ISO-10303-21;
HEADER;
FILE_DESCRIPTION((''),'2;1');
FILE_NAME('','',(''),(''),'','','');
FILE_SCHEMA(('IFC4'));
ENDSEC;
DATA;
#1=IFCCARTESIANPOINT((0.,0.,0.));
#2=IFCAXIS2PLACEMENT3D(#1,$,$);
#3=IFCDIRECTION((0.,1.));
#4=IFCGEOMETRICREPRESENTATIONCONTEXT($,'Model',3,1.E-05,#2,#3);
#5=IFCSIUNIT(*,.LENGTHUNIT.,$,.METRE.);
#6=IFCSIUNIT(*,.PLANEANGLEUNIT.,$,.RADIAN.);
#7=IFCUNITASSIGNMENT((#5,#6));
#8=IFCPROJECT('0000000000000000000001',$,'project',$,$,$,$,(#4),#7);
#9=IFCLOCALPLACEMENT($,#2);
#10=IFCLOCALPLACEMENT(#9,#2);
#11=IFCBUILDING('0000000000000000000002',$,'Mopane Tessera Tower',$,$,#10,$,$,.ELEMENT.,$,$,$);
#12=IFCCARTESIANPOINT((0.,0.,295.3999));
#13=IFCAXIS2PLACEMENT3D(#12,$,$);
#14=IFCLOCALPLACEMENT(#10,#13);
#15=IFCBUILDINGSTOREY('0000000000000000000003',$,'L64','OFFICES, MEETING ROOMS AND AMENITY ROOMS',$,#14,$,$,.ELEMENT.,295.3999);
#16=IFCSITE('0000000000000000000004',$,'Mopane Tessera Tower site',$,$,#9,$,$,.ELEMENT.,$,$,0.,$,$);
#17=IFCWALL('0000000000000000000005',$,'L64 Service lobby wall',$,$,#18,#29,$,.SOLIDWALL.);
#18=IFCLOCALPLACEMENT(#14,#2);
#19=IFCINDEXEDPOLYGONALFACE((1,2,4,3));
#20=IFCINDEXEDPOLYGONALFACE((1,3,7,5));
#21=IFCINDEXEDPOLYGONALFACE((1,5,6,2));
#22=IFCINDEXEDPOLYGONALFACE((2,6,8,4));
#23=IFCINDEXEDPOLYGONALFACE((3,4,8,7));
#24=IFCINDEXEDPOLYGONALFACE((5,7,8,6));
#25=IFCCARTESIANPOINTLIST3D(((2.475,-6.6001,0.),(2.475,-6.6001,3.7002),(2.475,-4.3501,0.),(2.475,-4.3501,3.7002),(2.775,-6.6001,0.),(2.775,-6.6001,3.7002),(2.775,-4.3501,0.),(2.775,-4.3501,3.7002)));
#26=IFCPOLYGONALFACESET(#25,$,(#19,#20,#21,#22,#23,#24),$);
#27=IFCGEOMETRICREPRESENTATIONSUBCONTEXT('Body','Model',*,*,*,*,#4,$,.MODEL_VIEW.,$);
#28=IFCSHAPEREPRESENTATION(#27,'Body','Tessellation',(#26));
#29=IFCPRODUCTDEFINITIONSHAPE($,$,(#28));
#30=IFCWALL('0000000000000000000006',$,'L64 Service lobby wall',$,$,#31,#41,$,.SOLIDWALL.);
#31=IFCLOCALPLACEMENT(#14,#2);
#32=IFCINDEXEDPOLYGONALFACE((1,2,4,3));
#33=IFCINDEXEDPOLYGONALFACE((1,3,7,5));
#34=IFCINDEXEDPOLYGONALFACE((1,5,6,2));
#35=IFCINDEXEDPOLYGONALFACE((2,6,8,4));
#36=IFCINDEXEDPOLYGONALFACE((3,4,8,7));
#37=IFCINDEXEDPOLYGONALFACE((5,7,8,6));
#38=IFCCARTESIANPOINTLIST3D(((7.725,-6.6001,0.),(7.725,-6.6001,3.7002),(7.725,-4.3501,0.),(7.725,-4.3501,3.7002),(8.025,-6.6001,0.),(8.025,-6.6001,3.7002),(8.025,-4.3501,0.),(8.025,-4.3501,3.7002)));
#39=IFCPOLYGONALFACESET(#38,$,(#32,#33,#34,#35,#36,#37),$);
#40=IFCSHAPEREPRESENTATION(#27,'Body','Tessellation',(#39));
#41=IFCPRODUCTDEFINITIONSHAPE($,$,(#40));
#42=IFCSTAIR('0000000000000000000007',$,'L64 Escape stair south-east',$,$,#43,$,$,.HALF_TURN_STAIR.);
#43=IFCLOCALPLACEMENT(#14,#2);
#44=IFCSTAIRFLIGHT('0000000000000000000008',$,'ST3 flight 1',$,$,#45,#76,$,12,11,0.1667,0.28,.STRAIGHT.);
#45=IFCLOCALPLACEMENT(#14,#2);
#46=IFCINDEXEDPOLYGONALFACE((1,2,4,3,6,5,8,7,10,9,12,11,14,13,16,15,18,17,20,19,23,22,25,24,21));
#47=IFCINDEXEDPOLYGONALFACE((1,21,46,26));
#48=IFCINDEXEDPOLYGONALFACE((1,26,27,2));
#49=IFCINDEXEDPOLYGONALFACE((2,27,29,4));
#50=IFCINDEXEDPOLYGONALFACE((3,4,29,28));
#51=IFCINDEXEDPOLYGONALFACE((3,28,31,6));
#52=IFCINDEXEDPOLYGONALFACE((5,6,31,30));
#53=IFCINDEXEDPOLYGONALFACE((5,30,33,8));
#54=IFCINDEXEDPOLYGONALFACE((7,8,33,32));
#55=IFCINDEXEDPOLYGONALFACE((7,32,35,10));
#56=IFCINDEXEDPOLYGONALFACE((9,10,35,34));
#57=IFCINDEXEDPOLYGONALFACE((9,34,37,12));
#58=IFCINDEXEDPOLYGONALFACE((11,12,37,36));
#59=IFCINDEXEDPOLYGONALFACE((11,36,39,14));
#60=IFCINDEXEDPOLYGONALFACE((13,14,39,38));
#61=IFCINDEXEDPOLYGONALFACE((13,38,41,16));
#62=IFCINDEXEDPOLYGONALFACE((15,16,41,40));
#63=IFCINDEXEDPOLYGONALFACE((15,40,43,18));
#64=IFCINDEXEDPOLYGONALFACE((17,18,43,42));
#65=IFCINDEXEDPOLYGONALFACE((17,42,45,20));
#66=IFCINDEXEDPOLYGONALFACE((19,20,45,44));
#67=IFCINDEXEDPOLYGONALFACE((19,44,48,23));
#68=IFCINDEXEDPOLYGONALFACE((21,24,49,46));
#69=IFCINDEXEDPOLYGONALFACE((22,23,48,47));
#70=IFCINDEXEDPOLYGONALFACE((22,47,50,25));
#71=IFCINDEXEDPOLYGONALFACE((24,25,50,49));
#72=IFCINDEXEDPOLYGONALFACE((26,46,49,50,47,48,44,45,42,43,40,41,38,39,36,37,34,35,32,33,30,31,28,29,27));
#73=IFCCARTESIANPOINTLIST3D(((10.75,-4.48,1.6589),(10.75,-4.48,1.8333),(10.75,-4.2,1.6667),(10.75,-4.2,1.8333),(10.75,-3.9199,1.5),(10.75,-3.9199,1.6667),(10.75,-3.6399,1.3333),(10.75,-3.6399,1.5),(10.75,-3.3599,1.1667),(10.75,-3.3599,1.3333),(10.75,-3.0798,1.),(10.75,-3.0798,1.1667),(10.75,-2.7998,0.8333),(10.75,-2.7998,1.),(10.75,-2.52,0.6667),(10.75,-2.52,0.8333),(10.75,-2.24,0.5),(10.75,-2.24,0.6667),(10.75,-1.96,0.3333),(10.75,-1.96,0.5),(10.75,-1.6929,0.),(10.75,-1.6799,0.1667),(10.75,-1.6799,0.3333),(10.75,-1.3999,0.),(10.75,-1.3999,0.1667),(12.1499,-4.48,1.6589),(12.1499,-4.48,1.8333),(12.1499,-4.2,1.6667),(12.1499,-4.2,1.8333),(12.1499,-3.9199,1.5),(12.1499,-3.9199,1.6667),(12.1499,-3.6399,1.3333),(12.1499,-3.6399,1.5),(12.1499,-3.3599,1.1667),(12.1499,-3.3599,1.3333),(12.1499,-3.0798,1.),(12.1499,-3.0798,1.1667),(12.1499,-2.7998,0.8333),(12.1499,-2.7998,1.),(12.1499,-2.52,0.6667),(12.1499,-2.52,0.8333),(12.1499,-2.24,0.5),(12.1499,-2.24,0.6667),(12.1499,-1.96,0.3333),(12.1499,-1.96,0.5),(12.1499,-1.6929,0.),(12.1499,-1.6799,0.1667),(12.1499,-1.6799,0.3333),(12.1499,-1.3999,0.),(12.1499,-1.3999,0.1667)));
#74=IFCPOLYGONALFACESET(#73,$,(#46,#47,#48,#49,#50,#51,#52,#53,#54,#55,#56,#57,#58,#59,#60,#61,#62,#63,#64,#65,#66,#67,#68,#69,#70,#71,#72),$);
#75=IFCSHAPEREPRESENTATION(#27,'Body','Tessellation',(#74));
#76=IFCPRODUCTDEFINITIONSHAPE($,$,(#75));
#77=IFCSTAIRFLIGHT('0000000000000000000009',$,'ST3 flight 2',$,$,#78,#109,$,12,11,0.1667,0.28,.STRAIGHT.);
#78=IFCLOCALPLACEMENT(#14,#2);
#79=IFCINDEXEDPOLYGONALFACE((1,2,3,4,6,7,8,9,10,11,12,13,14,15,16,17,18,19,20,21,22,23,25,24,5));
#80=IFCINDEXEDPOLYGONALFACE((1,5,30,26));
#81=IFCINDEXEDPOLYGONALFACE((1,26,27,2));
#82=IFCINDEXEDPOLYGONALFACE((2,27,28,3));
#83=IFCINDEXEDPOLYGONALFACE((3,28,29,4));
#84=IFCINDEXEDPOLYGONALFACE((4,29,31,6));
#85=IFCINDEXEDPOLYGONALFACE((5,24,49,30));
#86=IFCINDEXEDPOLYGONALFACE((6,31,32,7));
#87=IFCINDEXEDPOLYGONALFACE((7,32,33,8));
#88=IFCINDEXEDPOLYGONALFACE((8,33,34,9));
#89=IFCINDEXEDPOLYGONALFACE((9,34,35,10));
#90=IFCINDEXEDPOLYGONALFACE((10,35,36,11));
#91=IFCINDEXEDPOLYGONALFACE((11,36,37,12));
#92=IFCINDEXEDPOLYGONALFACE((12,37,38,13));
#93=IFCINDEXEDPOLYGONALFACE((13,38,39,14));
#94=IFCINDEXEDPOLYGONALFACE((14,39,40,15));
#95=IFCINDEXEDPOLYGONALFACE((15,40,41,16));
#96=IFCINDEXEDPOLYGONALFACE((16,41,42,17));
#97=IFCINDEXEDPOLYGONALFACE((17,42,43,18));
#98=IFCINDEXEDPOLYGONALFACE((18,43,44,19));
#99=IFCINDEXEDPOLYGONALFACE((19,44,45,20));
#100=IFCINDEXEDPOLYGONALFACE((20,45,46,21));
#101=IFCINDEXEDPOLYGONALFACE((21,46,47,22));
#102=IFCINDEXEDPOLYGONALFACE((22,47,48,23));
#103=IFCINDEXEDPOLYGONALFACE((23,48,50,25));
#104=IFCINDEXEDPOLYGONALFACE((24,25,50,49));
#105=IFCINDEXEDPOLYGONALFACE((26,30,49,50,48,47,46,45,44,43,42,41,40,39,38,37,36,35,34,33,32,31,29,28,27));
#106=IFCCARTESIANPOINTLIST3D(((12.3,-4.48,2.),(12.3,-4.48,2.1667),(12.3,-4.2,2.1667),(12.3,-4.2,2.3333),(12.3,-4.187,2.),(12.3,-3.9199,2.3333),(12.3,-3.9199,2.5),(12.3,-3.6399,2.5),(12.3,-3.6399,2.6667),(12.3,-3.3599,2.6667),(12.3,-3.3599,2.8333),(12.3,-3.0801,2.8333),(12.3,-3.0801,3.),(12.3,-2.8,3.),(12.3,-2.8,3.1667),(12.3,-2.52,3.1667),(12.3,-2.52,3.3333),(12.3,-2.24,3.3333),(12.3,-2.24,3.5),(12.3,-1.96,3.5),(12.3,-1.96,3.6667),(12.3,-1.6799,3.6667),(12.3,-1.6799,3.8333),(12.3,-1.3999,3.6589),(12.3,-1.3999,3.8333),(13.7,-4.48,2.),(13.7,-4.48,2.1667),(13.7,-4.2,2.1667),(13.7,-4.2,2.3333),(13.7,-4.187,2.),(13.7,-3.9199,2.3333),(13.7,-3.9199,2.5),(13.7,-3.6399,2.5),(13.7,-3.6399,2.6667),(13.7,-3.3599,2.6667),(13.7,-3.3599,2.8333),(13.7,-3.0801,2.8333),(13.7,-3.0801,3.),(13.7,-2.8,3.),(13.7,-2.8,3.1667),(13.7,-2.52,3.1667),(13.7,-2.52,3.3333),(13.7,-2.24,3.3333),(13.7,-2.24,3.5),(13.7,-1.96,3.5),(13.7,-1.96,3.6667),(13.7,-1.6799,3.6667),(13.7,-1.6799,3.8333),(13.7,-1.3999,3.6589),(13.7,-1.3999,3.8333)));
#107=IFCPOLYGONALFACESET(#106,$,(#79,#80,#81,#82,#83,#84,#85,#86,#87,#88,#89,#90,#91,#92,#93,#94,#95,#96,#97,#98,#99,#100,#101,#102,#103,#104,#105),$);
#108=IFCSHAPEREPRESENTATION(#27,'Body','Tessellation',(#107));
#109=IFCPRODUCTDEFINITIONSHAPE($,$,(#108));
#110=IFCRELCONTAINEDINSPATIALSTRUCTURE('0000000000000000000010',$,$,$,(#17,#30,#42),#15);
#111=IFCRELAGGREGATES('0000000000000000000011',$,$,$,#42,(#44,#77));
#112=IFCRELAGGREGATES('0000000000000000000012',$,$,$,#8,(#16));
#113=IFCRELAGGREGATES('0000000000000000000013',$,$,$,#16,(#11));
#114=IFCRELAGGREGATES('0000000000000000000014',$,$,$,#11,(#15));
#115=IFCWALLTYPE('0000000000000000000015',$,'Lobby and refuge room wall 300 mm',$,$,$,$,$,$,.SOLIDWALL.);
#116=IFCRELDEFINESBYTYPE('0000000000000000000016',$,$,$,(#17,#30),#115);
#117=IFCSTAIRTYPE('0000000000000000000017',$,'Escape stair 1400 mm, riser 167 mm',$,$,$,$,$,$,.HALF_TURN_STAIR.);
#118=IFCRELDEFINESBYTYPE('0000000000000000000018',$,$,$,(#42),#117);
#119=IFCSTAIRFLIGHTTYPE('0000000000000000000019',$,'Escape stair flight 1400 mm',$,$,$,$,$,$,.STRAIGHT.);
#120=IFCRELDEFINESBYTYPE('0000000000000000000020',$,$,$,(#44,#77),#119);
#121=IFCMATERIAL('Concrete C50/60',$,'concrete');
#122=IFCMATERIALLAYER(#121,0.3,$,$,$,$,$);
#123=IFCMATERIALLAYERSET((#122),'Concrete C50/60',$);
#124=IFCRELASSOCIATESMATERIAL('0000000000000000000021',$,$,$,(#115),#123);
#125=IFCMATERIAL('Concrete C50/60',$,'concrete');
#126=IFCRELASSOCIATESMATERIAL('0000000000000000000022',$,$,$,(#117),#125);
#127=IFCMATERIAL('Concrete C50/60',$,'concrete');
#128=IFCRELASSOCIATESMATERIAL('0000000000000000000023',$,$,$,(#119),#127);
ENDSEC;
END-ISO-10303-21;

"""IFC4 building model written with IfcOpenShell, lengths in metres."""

from ifc_helpers import new_model, si_unit, direction, frame, frame_2d, origin, place, context, subcontext, project, spatial, polyline, rectangle, outline, extrude, material, layer, layer_set, type_object, element, aggregate, save


model = new_model("IFC4")

# Units and contexts
model_context = context("Model", 3, precision=1e-05, world=origin(), true_north=direction((0.0, 1.0)))
body_context = subcontext(model_context, "Body", "Model", "MODEL_VIEW")
ifc_project = project(units=[si_unit("LENGTHUNIT", "METRE"), si_unit("PLANEANGLEUNIT", "RADIAN")], contexts=[model_context])

# Site, building, storey
site_placement = place(None, origin())
site = spatial("IfcSite", under=ifc_project, at=site_placement, Name="Mopane Tessera Tower site", CompositionType="ELEMENT", RefElevation=0.0)
building_placement = place(site_placement, origin())
building = spatial("IfcBuilding", under=site, at=building_placement, Name="Mopane Tessera Tower", CompositionType="ELEMENT")
storey_placement = place(building_placement, frame((0.0, 0.0, 295.3999)))
storey = spatial("IfcBuildingStorey", under=building, at=storey_placement, Name="L64", Description="OFFICES, MEETING ROOMS AND AMENITY ROOMS", CompositionType="ELEMENT", Elevation=295.3999)

# Walls
ifc_material_1 = material(Name="Concrete C50/60", Category="concrete")
ifc_layer_1 = layer(ifc_material_1, 0.3)
ifc_layer_set_1 = layer_set([ifc_layer_1], Name="Concrete C50/60")
wall_type_1 = type_object("IfcWallType", Name="Lobby and refuge room wall 300 mm", PredefinedType="SOLIDWALL", material=ifc_layer_set_1)
for number, where, z_axis, x_axis, name in (
    (1, (2.625, -6.6001, 0.0), (0.0, 0.0, 1.0), (0.0, 1.0, 0.0), "L64 Service lobby wall"),
    (2, (7.875, -6.6001, 0.0), (0.0, 0.0, 1.0), (0.0, 1.0, 0.0), "L64 Service lobby wall"),
):
    element("IfcWall", number, at=place(storey_placement, frame(where, z_axis=z_axis, x_axis=x_axis)), inside=storey, type_object=wall_type_1, Name=name, PredefinedType="SOLIDWALL", context=body_context, shape_type="SweptSolid", body=[
        extrude(rectangle(XDim=2.25, YDim=0.3, at=frame_2d((1.125, 0.0))), origin(), (0.0, 0.0, 1.0), 3.7002),
    ])

# Stair, stair flights
ifc_material_2 = material(Name="Concrete C50/60", Category="concrete")
stair_type = type_object("IfcStairType", Name="Escape stair 1400 mm, riser 167 mm", PredefinedType="HALF_TURN_STAIR", material=ifc_material_2)
stair_placement = place(storey_placement, origin())
stair = element("IfcStair", 3, at=stair_placement, inside=storey, type_object=stair_type, Name="L64 Escape stair south-east", PredefinedType="HALF_TURN_STAIR")
ifc_material_3 = material(Name="Concrete C50/60", Category="concrete")
stair_flight_type = type_object("IfcStairFlightType", Name="Escape stair flight 1400 mm", PredefinedType="STRAIGHT", material=ifc_material_3)
stair_flight_1_placement = place(storey_placement, frame((11.45, -1.3999, 0.0), z_axis=(0.0, 0.0, 1.0), x_axis=(0.0, -1.0, 0.0)))
stair_flight_1 = element("IfcStairFlight", 4, at=stair_flight_1_placement, type_object=stair_flight_type, Name="ST3 flight 1", NumberOfRisers=12, NumberOfTreads=11, PredefinedType="STRAIGHT", RiserHeight=0.1667, TreadLength=0.28, context=body_context, shape_type="SweptSolid", body=[
    extrude(outline(polyline([(0.0, 0.0), (0.0, 0.1667), (0.28, 0.1667), (0.28, 0.3333), (0.5601, 0.3333), (0.5601, 0.5), (0.8401, 0.5), (0.8401, 0.6667), (1.1201, 0.6667), (1.1201, 0.8333), (1.3999, 0.8333), (1.3999, 1.0), (1.6799, 1.0), (1.6799, 1.1667), (1.96, 1.1667), (1.96, 1.3333), (2.24, 1.3333), (2.24, 1.5), (2.52, 1.5), (2.52, 1.6667), (2.8, 1.6667), (2.8, 1.8333), (3.0801, 1.8333), (3.0801, 2.0), (3.0801, 1.6589), (0.293, 0.0), (0.0, 0.0)])), frame((0.0, 0.7, 0.0), z_axis=(0.0, -1.0, 0.0), x_axis=(1.0, 0.0, 0.0)), (0.0, 0.0, 1.0), 1.3999),
])
stair_flight_2_placement = place(storey_placement, frame((13.0, -4.48, 2.0), z_axis=(0.0, 0.0, 1.0), x_axis=(0.0, 1.0, 0.0)))
stair_flight_2 = element("IfcStairFlight", 5, at=stair_flight_2_placement, type_object=stair_flight_type, Name="ST3 flight 2", NumberOfRisers=12, NumberOfTreads=11, PredefinedType="STRAIGHT", RiserHeight=0.1667, TreadLength=0.28, context=body_context, shape_type="SweptSolid", body=[
    extrude(outline(polyline([(0.0, 0.0), (0.0, 0.1667), (0.28, 0.1667), (0.28, 0.3333), (0.5601, 0.3333), (0.5601, 0.5), (0.8401, 0.5), (0.8401, 0.6667), (1.1201, 0.6667), (1.1201, 0.8333), (1.3999, 0.8333), (1.3999, 1.0), (1.6799, 1.0), (1.6799, 1.1667), (1.96, 1.1667), (1.96, 1.3333), (2.24, 1.3333), (2.24, 1.5), (2.52, 1.5), (2.52, 1.6667), (2.8, 1.6667), (2.8, 1.8333), (3.0801, 1.8333), (3.0801, 2.0), (3.0801, 1.6589), (0.293, 0.0), (0.0, 0.0)])), frame((0.0, 0.7, 0.0), z_axis=(0.0, -1.0, 0.0), x_axis=(1.0, 0.0, 0.0)), (0.0, 0.0, 1.0), 1.3999),
])
aggregate(stair, [stair_flight_1, stair_flight_2])

save(model, "model.ifc")
